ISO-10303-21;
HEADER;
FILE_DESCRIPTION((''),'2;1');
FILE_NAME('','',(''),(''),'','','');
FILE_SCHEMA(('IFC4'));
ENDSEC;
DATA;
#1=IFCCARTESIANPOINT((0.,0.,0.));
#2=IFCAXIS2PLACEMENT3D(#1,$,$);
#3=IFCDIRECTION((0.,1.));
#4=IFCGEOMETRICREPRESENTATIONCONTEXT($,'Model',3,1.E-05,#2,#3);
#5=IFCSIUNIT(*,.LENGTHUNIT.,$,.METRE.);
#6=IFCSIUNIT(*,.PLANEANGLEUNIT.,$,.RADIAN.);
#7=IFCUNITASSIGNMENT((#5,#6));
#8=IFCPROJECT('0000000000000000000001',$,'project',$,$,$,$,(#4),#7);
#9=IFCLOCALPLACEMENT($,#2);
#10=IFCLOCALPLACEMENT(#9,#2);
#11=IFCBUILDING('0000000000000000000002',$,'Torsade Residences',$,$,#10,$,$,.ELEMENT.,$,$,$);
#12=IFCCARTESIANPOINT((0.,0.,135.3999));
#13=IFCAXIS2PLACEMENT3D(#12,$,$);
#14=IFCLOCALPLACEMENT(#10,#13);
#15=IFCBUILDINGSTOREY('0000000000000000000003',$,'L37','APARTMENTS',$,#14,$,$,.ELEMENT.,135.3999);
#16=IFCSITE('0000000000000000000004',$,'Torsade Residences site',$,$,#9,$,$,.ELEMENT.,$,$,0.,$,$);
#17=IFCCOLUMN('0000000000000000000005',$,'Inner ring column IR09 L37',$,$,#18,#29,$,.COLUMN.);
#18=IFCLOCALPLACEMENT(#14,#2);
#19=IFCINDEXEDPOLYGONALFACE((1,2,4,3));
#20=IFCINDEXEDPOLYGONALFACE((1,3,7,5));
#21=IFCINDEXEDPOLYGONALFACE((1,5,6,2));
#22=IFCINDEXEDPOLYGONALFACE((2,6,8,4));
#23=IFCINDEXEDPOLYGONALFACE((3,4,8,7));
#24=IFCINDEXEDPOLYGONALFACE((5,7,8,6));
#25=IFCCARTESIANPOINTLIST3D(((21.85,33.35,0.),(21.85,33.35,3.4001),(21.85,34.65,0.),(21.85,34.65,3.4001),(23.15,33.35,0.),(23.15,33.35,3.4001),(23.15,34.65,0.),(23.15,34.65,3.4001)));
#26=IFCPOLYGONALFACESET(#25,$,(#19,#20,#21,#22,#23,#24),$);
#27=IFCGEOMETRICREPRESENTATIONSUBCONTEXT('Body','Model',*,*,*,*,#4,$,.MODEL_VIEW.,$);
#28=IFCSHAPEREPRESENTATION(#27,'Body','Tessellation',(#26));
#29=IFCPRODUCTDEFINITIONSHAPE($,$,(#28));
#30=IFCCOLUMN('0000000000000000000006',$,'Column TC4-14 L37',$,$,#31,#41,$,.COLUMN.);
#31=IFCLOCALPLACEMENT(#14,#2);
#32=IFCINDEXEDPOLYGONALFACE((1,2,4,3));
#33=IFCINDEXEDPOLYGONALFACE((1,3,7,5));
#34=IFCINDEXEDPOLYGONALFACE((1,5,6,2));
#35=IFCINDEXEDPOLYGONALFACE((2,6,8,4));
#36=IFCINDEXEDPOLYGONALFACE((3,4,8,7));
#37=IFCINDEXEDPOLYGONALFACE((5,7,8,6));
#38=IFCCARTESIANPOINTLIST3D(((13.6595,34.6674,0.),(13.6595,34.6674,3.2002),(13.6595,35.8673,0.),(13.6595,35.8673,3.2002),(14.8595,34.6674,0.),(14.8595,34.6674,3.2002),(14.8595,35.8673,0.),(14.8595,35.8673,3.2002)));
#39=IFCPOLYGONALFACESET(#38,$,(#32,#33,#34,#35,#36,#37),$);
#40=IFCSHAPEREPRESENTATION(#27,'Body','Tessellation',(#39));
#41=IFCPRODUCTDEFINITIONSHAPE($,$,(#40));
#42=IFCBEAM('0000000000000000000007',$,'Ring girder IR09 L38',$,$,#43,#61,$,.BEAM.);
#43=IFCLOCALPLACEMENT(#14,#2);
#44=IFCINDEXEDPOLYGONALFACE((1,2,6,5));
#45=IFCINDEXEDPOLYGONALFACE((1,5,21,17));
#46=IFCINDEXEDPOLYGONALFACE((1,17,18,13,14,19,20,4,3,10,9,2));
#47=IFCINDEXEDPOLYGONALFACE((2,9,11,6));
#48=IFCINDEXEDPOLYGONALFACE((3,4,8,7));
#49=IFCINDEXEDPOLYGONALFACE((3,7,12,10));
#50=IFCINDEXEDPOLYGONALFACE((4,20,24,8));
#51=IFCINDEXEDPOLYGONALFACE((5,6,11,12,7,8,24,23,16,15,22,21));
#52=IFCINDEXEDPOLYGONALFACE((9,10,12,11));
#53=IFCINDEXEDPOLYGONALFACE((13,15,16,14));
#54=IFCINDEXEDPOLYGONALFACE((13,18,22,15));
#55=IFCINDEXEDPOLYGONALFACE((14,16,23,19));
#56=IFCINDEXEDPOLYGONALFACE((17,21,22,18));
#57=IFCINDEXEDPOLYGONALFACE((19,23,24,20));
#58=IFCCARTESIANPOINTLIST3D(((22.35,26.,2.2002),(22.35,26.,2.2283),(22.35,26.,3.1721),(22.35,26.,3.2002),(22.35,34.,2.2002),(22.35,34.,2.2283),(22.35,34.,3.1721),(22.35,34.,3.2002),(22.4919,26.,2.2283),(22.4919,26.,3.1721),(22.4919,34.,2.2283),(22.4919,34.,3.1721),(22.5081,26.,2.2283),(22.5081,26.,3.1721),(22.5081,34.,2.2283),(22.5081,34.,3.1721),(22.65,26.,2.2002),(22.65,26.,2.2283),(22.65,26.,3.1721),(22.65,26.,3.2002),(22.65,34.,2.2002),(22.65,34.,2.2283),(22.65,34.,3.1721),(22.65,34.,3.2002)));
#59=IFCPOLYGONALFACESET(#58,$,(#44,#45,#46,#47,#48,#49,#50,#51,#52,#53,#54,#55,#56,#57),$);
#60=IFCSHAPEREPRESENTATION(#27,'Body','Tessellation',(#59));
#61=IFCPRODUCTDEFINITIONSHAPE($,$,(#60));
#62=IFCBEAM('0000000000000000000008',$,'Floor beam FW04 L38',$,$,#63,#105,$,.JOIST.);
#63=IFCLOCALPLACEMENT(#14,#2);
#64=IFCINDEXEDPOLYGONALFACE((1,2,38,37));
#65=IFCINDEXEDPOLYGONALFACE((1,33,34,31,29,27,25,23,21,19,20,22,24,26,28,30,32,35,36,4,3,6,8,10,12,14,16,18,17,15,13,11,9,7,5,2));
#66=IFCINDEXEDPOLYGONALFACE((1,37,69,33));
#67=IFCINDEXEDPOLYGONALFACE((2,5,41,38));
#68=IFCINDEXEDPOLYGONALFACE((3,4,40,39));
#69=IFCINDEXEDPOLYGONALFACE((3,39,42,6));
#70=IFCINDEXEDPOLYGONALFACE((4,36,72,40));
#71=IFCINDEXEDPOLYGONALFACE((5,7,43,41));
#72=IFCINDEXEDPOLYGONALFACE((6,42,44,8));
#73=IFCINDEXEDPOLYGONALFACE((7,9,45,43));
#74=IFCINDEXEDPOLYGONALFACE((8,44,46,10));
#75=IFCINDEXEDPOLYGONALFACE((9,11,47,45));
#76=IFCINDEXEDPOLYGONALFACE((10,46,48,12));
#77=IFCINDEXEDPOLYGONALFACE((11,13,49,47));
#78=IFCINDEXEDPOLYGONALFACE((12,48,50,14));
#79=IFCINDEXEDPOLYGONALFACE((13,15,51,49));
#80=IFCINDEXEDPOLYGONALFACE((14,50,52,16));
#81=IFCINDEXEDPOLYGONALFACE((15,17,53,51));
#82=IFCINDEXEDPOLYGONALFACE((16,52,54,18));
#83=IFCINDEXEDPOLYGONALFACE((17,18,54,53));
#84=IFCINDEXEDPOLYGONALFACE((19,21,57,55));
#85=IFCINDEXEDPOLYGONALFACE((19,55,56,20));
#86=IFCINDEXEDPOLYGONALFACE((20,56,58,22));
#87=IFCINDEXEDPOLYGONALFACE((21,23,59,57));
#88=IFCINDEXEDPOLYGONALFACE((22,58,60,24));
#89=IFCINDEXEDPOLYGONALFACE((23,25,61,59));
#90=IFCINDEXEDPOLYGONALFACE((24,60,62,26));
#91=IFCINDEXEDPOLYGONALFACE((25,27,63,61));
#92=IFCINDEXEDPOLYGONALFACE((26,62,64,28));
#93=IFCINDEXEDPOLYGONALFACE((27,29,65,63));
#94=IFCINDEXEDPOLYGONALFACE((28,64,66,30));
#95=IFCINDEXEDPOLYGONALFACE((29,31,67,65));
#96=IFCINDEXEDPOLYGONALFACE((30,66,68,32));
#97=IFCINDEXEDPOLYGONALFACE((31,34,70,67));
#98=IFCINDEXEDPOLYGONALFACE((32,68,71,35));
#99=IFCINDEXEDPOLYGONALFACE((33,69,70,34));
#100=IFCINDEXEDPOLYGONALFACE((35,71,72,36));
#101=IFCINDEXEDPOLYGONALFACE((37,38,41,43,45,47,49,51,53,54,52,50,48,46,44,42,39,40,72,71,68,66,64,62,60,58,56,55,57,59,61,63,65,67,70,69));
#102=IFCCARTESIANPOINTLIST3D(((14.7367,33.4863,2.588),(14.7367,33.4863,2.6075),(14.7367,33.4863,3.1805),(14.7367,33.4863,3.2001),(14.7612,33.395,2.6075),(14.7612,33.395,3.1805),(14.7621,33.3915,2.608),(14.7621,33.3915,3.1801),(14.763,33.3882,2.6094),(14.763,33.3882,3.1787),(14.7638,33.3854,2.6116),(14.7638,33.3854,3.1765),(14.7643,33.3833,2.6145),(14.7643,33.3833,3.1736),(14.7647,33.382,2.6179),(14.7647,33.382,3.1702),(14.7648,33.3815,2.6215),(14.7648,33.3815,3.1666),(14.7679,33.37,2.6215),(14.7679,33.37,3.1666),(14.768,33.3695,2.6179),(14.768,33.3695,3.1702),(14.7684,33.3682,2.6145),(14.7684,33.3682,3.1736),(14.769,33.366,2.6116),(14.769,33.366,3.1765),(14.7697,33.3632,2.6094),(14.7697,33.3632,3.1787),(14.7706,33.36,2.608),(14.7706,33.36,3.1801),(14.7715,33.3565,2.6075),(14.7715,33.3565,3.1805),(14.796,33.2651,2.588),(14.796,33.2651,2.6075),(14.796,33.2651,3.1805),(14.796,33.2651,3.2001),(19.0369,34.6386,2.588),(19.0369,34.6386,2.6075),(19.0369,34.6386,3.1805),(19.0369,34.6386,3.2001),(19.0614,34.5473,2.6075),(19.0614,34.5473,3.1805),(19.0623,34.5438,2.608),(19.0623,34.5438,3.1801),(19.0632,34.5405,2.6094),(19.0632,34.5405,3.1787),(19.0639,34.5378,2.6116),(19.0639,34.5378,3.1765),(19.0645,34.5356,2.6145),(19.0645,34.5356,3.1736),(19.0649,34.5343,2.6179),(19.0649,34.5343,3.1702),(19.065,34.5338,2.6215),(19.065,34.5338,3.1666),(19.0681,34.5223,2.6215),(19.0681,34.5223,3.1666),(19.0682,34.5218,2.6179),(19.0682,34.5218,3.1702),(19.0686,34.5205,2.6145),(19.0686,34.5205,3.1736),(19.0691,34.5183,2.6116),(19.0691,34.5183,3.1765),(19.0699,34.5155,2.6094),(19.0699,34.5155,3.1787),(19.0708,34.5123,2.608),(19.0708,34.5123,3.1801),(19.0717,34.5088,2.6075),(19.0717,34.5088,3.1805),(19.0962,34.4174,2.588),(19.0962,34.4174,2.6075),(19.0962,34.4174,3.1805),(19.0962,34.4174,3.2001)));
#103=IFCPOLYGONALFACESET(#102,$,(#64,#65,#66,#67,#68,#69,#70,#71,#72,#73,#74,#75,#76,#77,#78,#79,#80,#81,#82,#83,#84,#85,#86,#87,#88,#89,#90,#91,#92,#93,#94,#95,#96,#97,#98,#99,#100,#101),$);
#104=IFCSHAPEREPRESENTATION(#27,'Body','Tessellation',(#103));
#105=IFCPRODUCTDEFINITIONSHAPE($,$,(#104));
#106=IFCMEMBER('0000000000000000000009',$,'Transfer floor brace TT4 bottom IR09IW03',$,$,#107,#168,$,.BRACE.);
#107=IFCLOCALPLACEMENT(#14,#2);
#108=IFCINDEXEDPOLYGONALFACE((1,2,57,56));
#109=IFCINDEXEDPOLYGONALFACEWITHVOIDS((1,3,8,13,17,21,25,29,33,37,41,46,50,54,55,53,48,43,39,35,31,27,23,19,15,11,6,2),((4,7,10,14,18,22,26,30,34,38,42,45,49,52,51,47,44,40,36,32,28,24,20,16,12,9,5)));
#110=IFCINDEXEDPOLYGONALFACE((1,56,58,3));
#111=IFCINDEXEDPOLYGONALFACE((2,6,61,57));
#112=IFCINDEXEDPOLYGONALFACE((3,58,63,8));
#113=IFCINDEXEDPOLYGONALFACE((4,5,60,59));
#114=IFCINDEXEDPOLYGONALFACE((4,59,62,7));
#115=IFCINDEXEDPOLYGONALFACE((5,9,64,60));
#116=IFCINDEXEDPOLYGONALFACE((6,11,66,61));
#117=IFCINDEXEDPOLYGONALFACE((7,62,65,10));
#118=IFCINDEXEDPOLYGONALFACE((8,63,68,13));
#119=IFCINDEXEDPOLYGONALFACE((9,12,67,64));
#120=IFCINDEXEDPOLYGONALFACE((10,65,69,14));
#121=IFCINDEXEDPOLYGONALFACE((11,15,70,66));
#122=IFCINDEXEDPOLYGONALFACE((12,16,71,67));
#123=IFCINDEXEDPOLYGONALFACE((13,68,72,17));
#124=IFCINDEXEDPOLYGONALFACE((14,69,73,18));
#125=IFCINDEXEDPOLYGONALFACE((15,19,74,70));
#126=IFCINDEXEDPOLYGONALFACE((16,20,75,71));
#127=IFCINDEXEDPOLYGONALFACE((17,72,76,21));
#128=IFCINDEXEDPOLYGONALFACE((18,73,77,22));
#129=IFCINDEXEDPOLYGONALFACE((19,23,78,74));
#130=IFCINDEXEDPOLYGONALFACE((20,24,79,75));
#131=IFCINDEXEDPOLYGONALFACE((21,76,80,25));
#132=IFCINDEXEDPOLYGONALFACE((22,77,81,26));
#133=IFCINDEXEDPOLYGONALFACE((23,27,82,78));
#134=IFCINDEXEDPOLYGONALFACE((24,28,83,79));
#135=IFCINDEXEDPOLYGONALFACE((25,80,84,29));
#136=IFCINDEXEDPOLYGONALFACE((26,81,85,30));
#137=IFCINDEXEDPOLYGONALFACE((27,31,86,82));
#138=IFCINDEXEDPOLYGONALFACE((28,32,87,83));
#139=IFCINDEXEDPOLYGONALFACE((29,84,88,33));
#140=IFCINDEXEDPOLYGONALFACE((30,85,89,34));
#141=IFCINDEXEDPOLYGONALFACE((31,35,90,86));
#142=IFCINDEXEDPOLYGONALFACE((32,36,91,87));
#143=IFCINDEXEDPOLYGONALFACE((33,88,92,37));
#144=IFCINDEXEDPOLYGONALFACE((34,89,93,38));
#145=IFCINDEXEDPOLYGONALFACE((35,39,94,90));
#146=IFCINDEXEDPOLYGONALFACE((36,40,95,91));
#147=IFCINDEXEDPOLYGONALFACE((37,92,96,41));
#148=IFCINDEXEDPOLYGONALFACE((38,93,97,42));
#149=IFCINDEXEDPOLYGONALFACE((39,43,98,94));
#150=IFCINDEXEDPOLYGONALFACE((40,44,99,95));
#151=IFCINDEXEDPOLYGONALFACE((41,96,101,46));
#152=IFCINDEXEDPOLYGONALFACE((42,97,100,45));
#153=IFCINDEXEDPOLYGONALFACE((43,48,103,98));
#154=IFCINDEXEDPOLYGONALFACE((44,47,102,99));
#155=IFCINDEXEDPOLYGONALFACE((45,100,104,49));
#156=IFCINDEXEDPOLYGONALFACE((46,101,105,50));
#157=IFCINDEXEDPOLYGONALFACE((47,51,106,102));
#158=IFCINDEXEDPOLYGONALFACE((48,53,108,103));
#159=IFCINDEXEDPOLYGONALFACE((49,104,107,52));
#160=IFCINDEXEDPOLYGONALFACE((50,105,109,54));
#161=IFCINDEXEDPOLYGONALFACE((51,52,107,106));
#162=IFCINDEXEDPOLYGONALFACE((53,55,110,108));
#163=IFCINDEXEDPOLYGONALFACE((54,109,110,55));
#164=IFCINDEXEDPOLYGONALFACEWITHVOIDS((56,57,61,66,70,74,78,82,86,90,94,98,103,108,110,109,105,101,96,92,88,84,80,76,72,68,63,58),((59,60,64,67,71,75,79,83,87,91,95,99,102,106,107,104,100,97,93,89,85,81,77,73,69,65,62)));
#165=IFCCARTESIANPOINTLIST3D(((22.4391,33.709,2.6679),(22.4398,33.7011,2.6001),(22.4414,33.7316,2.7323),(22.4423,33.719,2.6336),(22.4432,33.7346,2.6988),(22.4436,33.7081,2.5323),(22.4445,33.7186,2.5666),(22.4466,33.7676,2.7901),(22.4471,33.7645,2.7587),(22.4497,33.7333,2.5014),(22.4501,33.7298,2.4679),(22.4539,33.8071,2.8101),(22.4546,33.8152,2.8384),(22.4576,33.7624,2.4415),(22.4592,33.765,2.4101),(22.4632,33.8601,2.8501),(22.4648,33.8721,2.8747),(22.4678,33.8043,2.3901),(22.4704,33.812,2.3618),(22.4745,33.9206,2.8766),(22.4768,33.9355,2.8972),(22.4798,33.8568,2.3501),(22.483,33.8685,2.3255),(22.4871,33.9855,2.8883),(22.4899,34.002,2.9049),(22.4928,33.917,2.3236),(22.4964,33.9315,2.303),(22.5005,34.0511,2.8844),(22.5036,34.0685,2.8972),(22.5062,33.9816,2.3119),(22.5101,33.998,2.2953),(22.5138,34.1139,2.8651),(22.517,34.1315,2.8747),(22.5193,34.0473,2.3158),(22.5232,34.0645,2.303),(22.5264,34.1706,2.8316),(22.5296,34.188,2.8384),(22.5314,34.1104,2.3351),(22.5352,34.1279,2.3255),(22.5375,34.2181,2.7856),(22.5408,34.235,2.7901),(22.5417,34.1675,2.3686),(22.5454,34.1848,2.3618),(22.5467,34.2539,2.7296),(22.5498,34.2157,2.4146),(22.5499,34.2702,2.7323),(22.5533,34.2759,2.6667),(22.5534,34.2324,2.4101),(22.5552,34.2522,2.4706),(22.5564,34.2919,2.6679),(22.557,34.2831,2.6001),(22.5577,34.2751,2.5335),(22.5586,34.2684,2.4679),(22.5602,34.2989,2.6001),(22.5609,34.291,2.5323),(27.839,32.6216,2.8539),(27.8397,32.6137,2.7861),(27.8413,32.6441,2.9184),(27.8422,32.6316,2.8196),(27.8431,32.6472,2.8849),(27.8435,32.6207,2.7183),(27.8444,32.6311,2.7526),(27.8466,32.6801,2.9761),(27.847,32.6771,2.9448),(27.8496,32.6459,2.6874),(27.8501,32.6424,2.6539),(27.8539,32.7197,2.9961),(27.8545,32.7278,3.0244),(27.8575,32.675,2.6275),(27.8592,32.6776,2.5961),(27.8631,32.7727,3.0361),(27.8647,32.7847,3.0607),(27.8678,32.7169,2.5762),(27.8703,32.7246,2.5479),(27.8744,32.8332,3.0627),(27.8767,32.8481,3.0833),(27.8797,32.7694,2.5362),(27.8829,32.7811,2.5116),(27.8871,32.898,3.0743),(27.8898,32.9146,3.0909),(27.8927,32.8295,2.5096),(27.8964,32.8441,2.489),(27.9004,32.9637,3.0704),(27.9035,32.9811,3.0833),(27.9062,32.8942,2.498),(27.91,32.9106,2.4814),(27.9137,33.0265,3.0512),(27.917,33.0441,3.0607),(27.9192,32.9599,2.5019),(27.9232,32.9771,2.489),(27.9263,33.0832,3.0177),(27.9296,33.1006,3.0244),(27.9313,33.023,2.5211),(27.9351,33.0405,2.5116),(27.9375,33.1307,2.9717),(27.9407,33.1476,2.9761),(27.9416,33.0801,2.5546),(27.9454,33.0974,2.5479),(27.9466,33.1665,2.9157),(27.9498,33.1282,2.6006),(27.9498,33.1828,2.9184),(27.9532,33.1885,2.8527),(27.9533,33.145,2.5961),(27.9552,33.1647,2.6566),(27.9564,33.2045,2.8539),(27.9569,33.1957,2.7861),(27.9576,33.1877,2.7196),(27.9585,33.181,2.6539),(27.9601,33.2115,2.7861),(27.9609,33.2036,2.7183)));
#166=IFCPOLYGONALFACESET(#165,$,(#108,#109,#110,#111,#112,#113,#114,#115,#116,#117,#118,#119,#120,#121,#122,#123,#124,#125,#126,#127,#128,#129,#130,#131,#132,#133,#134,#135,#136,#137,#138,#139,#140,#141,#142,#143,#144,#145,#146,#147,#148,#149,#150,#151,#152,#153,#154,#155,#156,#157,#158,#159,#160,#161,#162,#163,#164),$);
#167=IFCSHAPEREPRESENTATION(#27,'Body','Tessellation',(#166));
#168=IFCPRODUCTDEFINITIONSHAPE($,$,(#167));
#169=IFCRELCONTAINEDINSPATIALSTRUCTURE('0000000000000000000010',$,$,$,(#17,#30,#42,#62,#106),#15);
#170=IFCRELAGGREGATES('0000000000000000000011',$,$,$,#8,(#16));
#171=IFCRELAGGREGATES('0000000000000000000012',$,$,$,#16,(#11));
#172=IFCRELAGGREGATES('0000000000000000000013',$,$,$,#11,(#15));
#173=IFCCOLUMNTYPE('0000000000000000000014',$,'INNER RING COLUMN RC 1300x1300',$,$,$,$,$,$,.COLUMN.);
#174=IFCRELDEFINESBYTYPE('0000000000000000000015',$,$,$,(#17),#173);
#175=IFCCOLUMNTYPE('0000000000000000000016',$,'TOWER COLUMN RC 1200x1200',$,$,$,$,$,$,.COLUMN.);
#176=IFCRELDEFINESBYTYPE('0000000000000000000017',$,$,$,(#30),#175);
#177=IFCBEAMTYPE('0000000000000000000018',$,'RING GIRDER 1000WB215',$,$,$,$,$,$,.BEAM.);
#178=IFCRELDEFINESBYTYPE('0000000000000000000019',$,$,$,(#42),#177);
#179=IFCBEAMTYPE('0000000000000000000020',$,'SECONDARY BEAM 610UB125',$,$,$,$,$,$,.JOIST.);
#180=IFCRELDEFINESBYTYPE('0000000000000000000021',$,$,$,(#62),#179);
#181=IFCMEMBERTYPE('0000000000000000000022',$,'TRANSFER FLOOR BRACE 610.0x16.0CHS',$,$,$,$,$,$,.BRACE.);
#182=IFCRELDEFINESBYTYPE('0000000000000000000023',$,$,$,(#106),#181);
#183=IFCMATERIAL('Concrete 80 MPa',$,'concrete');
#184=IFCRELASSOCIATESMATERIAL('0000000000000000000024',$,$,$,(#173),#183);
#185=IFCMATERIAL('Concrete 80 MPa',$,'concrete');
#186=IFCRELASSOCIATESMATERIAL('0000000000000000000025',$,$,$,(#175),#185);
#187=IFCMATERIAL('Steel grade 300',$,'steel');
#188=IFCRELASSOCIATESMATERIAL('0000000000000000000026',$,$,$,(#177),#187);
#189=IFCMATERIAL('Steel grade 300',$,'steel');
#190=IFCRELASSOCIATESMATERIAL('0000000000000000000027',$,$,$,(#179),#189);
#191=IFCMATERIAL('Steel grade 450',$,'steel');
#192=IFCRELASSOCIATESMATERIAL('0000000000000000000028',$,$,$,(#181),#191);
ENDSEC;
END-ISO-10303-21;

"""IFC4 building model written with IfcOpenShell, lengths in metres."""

from ifc_helpers import new_model, si_unit, direction, frame, origin, origin_2d, place, context, subcontext, project, spatial, rectangle, hollow_circle, i_section, extrude, material, material_profile, profile_set, type_object, element, save


model = new_model("IFC4")

# Units and contexts
model_context = context("Model", 3, precision=1e-05, world=origin(), true_north=direction((0.0, 1.0)))
body_context = subcontext(model_context, "Body", "Model", "MODEL_VIEW")
ifc_project = project(units=[si_unit("LENGTHUNIT", "METRE"), si_unit("PLANEANGLEUNIT", "RADIAN")], contexts=[model_context])

# Site, building, storey
site_placement = place(None, origin())
site = spatial("IfcSite", under=ifc_project, at=site_placement, Name="Torsade Residences site", CompositionType="ELEMENT", RefElevation=0.0)
building_placement = place(site_placement, origin())
building = spatial("IfcBuilding", under=site, at=building_placement, Name="Torsade Residences", CompositionType="ELEMENT")
storey_placement = place(building_placement, frame((0.0, 0.0, 135.3999)))
storey = spatial("IfcBuildingStorey", under=building, at=storey_placement, Name="L37", Description="APARTMENTS", CompositionType="ELEMENT", Elevation=135.3999)

# Columns
ifc_material_1 = material(Name="Concrete 80 MPa", Category="concrete")
ifc_material_profile_1 = material_profile(ifc_material_1, rectangle(XDim=1.3, YDim=1.3, at=origin_2d()), Name="RC 1300x1300")
ifc_profile_set_1 = profile_set([ifc_material_profile_1], Name="Concrete 80 MPa")
column_type_1 = type_object("IfcColumnType", Name="INNER RING COLUMN RC 1300x1300", PredefinedType="COLUMN", material=ifc_profile_set_1)
column_1_placement = place(storey_placement, frame((22.5, 34.0, 0.0), z_axis=(0.0, 0.0, 1.0), x_axis=(1.0, 0.0, 0.0)))
element("IfcColumn", 1, at=column_1_placement, inside=storey, type_object=column_type_1, Name="Inner ring column IR09 L37", PredefinedType="COLUMN", context=body_context, shape_type="SweptSolid", body=[
    extrude(rectangle(XDim=1.3, YDim=1.3, at=origin_2d()), origin(), (0.0, 0.0, 1.0), 3.4001),
])
ifc_material_2 = material(Name="Concrete 80 MPa", Category="concrete")
ifc_material_profile_2 = material_profile(ifc_material_2, rectangle(XDim=1.2, YDim=1.2, at=origin_2d()), Name="RC 1200x1200")
ifc_profile_set_2 = profile_set([ifc_material_profile_2], Name="Concrete 80 MPa")
column_type_2 = type_object("IfcColumnType", Name="TOWER COLUMN RC 1200x1200", PredefinedType="COLUMN", material=ifc_profile_set_2)
column_2_placement = place(storey_placement, frame((14.2595, 35.2673, 0.0), z_axis=(0.0, 0.0, 1.0), x_axis=(1.0, 0.0, 0.0)))
element("IfcColumn", 2, at=column_2_placement, inside=storey, type_object=column_type_2, Name="Column TC4-14 L37", PredefinedType="COLUMN", context=body_context, shape_type="SweptSolid", body=[
    extrude(rectangle(XDim=1.2, YDim=1.2, at=origin_2d()), origin(), (0.0, 0.0, 1.0), 3.2002),
])

# Beams
ifc_material_3 = material(Name="Steel grade 300", Category="steel")
ifc_material_profile_3 = material_profile(ifc_material_3, i_section(OverallWidth=0.3, OverallDepth=1.0, WebThickness=0.0161, FlangeThickness=0.0281, at=origin_2d()), Name="1000WB215")
ifc_profile_set_3 = profile_set([ifc_material_profile_3], Name="Steel grade 300")
beam_type_1 = type_object("IfcBeamType", Name="RING GIRDER 1000WB215", PredefinedType="BEAM", material=ifc_profile_set_3)
beam_1_placement = place(storey_placement, frame((22.5, 34.0, 2.7002), z_axis=(0.0, -1.0, 0.0), x_axis=(1.0, 0.0, 0.0)))
element("IfcBeam", 3, at=beam_1_placement, inside=storey, type_object=beam_type_1, Name="Ring girder IR09 L38", PredefinedType="BEAM", context=body_context, shape_type="SweptSolid", body=[
    extrude(i_section(OverallWidth=0.3, OverallDepth=1.0, WebThickness=0.0161, FlangeThickness=0.0281, at=origin_2d()), origin(), (0.0, 0.0, 1.0), 8.0),
])
ifc_material_4 = material(Name="Steel grade 300", Category="steel")
ifc_material_profile_4 = material_profile(ifc_material_4, i_section(OverallWidth=0.229, OverallDepth=0.6121, WebThickness=0.012, FlangeThickness=0.0195, FilletRadius=0.0139, at=origin_2d()), Name="610UB125")
ifc_profile_set_4 = profile_set([ifc_material_profile_4], Name="Steel grade 300")
beam_type_2 = type_object("IfcBeamType", Name="SECONDARY BEAM 610UB125", PredefinedType="JOIST", material=ifc_profile_set_4)
beam_2_placement = place(storey_placement, frame((14.7664, 33.3757, 2.894), z_axis=(0.965921, 0.258837, 0.0), x_axis=(-0.258837, 0.965921, 0.0)))
element("IfcBeam", 4, at=beam_2_placement, inside=storey, type_object=beam_type_2, Name="Floor beam FW04 L38", PredefinedType="JOIST", context=body_context, shape_type="SweptSolid", body=[
    extrude(i_section(OverallWidth=0.229, OverallDepth=0.6121, WebThickness=0.012, FlangeThickness=0.0195, FilletRadius=0.0139, at=origin_2d()), origin(), (0.0, 0.0, 1.0), 4.4519),
])

# Member
ifc_material_5 = material(Name="Steel grade 450", Category="steel")
ifc_material_profile_5 = material_profile(ifc_material_5, hollow_circle(Radius=0.3049, WallThickness=0.0161, at=origin_2d()), Name="610.0x16.0CHS")
ifc_profile_set_5 = profile_set([ifc_material_profile_5], Name="Steel grade 450")
member_type_1 = type_object("IfcMemberType", Name="TRANSFER FLOOR BRACE 610.0x16.0CHS", PredefinedType="BRACE", material=ifc_profile_set_5)
member_1_placement = place(storey_placement, frame((22.5, 34.0, 2.6001), z_axis=(0.979762, -0.197299, 0.033754), x_axis=(0.197412, 0.980321, 0.0)))
element("IfcMember", 5, at=member_1_placement, inside=storey, type_object=member_type_1, Name="Transfer floor brace TT4 bottom IR09IW03", PredefinedType="BRACE", context=body_context, shape_type="SweptSolid", body=[
    extrude(hollow_circle(Radius=0.3049, WallThickness=0.0161, at=origin_2d()), origin(), (0.0, 0.0, 1.0), 5.5115),
])

save(model, "model.ifc")
